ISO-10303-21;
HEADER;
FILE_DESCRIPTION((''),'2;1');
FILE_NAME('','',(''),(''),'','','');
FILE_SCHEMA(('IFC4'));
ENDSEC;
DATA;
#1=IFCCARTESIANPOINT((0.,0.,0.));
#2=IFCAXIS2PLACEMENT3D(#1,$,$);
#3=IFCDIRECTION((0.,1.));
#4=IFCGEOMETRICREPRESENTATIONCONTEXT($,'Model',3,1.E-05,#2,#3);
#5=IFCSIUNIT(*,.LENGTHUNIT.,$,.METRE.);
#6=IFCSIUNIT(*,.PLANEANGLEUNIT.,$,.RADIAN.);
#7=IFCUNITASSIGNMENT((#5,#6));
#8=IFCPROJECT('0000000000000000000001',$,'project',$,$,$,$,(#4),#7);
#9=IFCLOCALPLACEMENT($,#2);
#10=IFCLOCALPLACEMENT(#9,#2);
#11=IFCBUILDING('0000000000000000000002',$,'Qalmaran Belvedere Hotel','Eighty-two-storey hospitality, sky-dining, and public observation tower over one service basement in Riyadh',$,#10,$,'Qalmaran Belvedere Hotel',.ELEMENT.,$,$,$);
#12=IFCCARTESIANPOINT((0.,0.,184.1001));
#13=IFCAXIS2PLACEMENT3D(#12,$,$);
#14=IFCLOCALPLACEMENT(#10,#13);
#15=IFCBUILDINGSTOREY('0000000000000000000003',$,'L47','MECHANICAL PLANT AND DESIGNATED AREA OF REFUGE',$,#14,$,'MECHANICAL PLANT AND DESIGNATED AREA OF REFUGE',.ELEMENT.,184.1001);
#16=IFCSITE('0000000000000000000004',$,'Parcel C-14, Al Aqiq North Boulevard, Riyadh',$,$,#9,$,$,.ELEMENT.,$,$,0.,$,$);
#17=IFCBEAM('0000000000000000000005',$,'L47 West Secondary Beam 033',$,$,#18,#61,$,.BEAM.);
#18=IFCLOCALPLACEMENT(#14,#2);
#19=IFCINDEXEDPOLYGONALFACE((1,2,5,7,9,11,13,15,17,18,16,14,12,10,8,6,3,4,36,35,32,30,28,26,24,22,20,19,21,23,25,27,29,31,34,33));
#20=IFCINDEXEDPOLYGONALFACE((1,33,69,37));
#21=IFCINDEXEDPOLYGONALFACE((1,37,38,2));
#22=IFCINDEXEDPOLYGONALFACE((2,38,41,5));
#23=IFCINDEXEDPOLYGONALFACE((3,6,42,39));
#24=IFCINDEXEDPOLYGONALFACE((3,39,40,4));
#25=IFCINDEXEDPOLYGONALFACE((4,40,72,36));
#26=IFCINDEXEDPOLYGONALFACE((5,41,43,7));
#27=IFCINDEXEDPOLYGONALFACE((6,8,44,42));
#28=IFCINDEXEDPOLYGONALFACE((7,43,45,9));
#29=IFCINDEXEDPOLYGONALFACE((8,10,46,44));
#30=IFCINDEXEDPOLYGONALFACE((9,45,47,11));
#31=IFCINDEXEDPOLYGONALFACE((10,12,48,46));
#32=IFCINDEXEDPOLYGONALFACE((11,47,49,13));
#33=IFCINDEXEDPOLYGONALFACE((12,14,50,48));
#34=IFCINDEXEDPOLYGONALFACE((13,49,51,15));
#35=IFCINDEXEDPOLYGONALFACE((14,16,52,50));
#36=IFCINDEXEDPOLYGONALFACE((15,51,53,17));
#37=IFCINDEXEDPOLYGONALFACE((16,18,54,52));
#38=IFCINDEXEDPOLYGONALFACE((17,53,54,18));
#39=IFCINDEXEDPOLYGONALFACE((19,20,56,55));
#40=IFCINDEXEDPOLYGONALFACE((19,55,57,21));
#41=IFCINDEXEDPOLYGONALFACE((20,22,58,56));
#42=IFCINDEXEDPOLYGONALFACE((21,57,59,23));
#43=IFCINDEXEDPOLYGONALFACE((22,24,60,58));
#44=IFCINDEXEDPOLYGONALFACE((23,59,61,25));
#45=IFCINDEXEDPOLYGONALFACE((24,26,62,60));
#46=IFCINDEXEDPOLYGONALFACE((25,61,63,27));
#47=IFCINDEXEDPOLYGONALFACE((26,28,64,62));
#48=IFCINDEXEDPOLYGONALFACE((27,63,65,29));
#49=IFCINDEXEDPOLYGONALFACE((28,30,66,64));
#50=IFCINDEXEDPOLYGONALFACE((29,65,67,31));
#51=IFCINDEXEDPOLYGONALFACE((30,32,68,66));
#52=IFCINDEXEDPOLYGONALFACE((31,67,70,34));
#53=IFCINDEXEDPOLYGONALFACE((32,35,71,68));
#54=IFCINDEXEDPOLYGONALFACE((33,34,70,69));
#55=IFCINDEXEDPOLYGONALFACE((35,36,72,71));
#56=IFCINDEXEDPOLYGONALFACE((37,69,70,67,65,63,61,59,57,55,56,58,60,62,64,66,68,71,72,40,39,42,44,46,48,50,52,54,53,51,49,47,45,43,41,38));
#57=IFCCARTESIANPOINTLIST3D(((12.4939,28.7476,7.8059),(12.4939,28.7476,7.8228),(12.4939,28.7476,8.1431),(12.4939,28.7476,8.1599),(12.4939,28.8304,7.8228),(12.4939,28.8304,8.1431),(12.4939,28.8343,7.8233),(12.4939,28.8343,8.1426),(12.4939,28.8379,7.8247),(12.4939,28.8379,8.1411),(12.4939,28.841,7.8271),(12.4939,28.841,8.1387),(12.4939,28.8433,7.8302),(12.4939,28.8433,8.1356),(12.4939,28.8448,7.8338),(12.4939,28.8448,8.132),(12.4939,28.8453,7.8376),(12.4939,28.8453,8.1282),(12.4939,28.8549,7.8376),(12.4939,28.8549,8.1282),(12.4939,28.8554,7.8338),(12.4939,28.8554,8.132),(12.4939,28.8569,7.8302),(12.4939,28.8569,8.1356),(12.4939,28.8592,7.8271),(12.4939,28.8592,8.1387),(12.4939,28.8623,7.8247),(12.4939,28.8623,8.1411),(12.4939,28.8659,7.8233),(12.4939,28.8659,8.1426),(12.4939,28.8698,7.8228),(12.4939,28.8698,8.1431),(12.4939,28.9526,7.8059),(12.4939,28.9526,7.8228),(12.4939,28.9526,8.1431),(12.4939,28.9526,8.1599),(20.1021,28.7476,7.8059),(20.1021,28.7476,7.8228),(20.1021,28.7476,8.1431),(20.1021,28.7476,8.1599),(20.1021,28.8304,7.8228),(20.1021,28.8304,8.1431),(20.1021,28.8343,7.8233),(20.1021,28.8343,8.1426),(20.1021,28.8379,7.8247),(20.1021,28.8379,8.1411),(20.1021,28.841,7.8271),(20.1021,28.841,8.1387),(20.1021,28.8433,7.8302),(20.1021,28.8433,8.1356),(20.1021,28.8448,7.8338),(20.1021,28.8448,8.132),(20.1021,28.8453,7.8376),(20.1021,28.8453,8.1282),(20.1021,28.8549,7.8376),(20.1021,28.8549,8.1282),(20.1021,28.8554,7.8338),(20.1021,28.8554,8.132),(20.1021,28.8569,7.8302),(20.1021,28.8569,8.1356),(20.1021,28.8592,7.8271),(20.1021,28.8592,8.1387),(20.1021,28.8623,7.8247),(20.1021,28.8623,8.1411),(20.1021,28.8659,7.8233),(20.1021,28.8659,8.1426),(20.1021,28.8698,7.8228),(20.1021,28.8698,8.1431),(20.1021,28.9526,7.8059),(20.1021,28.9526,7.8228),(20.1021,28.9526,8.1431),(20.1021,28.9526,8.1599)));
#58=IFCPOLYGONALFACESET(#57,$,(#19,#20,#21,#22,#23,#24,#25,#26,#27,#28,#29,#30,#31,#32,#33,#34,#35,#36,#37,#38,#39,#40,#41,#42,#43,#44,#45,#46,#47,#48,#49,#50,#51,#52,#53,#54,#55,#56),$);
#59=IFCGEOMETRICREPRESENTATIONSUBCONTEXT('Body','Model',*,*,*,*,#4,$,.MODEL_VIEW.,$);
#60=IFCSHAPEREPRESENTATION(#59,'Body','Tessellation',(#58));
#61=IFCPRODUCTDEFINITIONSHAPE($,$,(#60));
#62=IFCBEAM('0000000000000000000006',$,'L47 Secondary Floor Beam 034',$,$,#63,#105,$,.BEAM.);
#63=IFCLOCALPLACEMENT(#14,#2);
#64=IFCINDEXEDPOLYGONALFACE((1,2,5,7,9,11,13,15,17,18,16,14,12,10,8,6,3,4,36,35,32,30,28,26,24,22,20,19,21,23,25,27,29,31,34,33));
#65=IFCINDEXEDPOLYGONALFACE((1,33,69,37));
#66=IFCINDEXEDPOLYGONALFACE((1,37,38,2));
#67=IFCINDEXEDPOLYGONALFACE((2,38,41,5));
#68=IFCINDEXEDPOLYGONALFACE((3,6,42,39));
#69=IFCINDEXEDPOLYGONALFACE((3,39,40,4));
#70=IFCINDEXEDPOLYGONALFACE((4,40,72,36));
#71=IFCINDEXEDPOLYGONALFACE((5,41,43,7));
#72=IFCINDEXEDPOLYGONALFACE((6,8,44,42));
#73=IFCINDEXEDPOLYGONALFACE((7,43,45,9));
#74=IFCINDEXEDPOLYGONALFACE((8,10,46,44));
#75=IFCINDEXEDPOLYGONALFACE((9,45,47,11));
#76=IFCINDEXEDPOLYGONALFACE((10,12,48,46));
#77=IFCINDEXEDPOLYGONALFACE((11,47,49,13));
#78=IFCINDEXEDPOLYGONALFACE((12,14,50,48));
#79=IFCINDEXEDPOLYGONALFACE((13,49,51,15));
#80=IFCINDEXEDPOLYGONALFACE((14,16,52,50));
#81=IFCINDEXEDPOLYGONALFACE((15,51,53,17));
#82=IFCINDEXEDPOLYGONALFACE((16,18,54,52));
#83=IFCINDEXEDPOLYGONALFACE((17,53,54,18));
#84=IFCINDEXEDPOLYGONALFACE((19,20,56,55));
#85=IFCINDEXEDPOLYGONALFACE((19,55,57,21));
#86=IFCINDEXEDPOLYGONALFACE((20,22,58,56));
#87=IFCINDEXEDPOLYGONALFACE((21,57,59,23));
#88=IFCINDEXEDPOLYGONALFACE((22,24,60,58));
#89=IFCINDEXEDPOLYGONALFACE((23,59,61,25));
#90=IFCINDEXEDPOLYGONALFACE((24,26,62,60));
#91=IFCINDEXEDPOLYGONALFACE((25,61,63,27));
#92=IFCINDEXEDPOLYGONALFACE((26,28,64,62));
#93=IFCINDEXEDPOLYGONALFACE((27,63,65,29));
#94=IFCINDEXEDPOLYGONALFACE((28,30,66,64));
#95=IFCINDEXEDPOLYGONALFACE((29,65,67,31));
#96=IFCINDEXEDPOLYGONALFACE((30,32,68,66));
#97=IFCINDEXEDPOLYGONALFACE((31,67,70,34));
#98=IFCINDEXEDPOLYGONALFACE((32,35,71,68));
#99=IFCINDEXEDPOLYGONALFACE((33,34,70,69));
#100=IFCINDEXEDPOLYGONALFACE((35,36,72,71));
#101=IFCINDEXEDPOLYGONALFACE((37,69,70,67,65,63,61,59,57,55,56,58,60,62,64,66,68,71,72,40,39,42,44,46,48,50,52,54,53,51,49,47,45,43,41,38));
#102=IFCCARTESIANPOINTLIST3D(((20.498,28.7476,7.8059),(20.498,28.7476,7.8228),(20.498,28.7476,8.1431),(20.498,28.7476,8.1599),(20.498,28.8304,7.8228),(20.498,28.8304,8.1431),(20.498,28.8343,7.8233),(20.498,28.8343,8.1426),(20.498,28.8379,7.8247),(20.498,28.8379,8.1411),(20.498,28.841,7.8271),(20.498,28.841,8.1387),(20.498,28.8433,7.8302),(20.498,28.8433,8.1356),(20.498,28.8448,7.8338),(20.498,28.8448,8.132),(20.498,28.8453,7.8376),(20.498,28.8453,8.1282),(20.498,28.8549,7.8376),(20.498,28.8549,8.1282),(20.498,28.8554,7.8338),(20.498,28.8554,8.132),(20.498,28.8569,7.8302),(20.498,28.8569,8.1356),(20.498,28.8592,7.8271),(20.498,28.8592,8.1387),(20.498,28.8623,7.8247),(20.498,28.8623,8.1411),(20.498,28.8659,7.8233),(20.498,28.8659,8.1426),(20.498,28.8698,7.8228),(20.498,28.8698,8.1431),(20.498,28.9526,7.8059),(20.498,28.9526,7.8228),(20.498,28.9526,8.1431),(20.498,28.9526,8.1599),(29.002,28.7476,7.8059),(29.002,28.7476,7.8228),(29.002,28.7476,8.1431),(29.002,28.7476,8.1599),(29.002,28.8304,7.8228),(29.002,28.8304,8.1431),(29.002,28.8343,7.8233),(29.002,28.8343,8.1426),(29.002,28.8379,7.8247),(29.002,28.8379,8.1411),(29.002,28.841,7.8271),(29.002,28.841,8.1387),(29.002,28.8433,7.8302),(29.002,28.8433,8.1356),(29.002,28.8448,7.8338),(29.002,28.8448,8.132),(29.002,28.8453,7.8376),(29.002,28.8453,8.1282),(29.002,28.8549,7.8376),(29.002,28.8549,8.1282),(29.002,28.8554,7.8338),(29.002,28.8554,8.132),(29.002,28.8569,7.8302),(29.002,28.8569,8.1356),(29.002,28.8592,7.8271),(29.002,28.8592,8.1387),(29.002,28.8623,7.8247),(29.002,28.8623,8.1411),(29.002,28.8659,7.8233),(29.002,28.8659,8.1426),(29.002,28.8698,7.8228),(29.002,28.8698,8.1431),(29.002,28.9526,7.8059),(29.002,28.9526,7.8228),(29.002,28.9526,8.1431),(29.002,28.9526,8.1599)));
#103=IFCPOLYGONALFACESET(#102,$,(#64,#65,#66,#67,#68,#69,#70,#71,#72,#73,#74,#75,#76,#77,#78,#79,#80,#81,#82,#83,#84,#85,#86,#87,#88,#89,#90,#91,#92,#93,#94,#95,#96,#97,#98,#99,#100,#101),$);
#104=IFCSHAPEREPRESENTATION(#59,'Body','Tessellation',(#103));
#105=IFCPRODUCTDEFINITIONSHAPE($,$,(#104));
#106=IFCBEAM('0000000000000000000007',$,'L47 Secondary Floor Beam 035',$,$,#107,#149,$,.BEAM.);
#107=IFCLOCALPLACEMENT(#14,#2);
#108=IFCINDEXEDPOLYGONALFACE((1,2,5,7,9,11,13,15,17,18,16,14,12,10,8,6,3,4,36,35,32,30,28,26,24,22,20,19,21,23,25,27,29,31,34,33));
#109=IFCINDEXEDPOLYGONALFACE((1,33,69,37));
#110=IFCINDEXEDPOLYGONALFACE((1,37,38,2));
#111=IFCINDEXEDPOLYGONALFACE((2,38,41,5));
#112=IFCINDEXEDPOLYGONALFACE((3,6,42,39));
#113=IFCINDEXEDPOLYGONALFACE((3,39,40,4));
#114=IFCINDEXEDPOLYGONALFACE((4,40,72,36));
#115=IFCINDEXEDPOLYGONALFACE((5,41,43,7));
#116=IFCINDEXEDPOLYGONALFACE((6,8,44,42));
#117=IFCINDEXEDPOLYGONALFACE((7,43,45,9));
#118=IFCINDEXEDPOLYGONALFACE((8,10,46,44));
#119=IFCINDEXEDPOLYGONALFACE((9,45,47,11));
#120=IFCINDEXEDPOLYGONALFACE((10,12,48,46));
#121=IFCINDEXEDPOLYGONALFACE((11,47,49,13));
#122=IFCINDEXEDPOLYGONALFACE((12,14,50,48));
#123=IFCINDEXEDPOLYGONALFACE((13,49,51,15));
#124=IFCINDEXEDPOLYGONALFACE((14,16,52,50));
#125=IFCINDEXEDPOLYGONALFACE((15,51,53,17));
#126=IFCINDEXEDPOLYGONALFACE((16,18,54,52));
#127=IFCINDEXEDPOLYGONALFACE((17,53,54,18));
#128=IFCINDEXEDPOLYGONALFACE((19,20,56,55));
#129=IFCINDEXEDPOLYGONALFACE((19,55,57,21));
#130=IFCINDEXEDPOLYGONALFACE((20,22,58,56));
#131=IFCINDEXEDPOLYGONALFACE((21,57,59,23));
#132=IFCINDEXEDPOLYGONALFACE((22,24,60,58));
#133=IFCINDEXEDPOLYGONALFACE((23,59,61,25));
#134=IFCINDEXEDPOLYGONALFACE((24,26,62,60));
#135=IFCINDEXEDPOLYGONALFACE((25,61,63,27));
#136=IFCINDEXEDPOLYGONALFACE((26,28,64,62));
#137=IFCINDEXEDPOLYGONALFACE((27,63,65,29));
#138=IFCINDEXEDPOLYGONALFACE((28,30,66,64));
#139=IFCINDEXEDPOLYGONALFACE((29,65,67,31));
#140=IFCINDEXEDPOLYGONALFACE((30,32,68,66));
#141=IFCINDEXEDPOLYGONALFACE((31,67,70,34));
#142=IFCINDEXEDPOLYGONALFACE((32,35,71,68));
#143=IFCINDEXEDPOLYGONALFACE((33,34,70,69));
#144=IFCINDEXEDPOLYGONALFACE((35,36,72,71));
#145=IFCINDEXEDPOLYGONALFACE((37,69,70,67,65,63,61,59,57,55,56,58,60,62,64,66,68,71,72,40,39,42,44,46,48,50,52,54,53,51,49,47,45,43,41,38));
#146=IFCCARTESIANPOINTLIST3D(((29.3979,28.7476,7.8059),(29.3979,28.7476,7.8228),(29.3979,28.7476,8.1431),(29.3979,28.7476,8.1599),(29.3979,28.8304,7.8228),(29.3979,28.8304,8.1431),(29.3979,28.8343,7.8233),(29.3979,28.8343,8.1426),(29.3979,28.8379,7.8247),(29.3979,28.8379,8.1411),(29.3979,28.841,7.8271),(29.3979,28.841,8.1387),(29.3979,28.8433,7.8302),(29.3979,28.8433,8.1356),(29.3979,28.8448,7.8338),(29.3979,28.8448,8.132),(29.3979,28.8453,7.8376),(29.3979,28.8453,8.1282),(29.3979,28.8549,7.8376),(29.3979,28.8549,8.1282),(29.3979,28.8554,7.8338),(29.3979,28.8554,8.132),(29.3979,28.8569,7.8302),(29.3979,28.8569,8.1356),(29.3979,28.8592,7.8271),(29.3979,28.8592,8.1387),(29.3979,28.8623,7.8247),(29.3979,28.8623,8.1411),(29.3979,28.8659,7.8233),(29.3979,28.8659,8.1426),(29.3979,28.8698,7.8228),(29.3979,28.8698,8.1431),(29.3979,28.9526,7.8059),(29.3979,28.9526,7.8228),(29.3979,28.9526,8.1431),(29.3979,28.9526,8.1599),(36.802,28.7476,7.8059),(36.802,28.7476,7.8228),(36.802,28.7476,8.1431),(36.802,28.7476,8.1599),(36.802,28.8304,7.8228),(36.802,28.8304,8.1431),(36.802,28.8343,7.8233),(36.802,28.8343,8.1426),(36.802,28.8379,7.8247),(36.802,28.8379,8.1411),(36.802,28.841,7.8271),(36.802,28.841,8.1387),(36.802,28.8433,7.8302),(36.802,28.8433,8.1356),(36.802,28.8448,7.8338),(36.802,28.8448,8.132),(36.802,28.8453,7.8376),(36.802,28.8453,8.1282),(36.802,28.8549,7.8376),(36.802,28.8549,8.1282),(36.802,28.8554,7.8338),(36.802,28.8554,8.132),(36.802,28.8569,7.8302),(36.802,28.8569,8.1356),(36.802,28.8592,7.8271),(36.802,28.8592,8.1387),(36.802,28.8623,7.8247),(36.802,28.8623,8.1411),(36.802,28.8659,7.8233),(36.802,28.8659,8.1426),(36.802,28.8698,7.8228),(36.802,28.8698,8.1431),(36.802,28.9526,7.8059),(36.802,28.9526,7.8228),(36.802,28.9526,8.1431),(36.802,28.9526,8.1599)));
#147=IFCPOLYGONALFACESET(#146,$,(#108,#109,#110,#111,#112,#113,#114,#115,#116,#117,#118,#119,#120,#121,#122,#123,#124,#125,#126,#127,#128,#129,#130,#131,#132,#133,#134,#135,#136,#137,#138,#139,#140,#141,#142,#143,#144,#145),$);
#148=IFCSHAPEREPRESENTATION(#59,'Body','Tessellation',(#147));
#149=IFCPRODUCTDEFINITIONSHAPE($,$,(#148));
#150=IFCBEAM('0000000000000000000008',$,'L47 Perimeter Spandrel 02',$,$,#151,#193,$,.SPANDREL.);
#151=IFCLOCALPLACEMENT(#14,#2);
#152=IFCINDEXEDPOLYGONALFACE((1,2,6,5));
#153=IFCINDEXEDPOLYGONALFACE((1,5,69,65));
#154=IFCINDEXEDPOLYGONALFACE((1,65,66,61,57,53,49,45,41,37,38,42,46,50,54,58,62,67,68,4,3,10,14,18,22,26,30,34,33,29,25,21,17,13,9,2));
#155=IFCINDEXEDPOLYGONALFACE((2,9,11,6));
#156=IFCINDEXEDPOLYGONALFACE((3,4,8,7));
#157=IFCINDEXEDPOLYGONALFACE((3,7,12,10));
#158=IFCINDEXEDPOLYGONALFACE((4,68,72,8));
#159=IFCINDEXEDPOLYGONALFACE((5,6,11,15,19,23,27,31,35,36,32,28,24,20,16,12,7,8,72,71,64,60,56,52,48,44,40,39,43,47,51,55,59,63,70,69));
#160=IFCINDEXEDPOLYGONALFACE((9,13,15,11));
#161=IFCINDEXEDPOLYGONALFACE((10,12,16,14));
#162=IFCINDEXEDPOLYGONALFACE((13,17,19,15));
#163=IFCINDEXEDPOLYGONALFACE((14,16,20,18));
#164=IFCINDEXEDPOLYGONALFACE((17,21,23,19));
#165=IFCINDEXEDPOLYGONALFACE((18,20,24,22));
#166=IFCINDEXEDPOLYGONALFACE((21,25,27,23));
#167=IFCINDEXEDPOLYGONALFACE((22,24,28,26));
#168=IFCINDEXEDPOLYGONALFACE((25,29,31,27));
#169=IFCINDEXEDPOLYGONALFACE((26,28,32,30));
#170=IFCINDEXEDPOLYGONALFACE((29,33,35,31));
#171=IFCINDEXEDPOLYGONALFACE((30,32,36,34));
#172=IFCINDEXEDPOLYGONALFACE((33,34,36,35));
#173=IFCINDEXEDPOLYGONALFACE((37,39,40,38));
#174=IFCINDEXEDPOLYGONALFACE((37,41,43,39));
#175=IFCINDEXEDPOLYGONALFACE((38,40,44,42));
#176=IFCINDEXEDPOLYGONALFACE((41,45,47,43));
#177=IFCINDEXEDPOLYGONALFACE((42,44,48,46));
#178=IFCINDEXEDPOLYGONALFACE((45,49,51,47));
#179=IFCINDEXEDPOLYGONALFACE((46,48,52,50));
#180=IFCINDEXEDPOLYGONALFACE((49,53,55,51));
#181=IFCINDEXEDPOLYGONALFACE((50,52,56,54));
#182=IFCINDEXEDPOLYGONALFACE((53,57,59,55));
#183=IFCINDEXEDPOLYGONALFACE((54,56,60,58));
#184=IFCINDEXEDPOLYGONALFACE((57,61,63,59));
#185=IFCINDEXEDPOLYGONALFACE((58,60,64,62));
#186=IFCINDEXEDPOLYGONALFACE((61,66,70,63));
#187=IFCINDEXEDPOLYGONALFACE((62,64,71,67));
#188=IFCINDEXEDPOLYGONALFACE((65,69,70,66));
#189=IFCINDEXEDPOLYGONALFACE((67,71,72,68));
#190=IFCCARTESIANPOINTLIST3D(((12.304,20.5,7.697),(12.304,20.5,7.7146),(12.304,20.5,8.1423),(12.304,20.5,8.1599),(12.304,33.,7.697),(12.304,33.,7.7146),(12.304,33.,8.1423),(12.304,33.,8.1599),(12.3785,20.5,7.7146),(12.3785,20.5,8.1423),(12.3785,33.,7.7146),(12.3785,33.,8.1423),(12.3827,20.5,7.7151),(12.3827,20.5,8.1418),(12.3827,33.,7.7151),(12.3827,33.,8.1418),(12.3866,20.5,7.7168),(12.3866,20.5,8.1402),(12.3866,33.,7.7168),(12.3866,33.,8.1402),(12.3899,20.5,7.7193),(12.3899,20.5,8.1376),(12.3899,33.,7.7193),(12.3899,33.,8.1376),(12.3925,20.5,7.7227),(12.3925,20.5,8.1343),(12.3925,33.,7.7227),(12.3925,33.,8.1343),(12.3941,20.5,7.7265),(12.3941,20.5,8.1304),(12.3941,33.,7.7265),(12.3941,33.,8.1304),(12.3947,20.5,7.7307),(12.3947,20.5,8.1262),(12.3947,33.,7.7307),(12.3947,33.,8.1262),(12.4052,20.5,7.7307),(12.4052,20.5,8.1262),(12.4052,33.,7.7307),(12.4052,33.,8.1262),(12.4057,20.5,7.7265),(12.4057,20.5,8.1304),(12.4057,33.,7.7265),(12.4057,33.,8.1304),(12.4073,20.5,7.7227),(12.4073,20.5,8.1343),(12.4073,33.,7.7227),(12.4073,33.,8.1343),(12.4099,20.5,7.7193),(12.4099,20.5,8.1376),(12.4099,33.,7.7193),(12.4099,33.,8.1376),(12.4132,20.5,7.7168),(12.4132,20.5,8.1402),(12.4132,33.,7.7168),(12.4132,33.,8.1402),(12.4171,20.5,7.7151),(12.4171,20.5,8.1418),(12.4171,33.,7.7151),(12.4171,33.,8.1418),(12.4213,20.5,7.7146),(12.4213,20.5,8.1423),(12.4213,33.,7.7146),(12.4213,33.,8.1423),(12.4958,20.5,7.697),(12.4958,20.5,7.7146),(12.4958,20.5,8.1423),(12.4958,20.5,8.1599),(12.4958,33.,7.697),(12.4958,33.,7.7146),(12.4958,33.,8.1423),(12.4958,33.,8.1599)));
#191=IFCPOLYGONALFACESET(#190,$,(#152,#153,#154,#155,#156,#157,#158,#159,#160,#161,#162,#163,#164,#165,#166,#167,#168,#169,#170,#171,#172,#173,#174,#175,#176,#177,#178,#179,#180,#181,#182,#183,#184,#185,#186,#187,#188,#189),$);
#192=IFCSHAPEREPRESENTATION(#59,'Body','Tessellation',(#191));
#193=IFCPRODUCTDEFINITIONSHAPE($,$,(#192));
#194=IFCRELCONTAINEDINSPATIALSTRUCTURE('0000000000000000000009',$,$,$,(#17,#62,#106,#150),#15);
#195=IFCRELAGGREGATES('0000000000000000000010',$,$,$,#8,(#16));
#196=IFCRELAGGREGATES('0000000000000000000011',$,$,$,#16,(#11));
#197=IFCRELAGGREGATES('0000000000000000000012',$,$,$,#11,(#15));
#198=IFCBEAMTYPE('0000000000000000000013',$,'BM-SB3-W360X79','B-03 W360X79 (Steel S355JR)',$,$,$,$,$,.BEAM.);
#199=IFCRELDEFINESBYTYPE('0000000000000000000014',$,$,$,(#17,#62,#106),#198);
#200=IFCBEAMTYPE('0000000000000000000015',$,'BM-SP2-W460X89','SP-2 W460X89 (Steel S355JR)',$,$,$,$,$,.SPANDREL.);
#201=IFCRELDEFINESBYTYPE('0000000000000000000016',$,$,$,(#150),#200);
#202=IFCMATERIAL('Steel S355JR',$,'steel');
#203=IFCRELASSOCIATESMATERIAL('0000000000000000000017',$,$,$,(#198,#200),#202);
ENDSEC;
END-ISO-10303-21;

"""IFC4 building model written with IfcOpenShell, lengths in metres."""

from ifc_helpers import new_model, si_unit, direction, frame, origin, origin_2d, place, context, subcontext, project, spatial, i_section, extrude, material, material_profile, profile_set, type_object, element, save


model = new_model("IFC4")

# Units and contexts
model_context = context("Model", 3, precision=1e-05, world=origin(), true_north=direction((0.0, 1.0)))
body_context = subcontext(model_context, "Body", "Model", "MODEL_VIEW")
ifc_project = project(units=[si_unit("LENGTHUNIT", "METRE"), si_unit("PLANEANGLEUNIT", "RADIAN")], contexts=[model_context])

# Site, building, storey
site_placement = place(None, origin())
site = spatial("IfcSite", under=ifc_project, at=site_placement, Name="Parcel C-14, Al Aqiq North Boulevard, Riyadh", CompositionType="ELEMENT", RefElevation=0.0)
building_placement = place(site_placement, origin())
building = spatial("IfcBuilding", under=site, at=building_placement, Name="Qalmaran Belvedere Hotel", Description="Eighty-two-storey hospitality, sky-dining, and public observation tower over one service basement in Riyadh", LongName="Qalmaran Belvedere Hotel", CompositionType="ELEMENT")
storey_placement = place(building_placement, frame((0.0, 0.0, 184.1001)))
storey = spatial("IfcBuildingStorey", under=building, at=storey_placement, Name="L47", Description="MECHANICAL PLANT AND DESIGNATED AREA OF REFUGE", LongName="MECHANICAL PLANT AND DESIGNATED AREA OF REFUGE", CompositionType="ELEMENT", Elevation=184.1001)

# Beams
ifc_material_1 = material(Name="Steel S355JR", Category="steel")
ifc_material_profile_1 = material_profile(ifc_material_1, i_section(OverallWidth=0.2051, OverallDepth=0.354, WebThickness=0.0095, FlangeThickness=0.0168, FilletRadius=0.0149, at=origin_2d()), Name="W360X79")
ifc_profile_set_1 = profile_set([ifc_material_profile_1], Name="Steel S355JR")
beam_type_1 = type_object("IfcBeamType", Name="BM-SB3-W360X79", Description="B-03 W360X79 (Steel S355JR)", PredefinedType="BEAM", material=ifc_profile_set_1)
beam_1_placement = place(storey_placement, frame((12.4939, 28.8501, 7.9829), z_axis=(1.0, 0.0, 0.0), x_axis=(0.0, 1.0, 0.0)))
element("IfcBeam", 1, at=beam_1_placement, inside=storey, type_object=beam_type_1, Name="L47 West Secondary Beam 033", PredefinedType="BEAM", context=body_context, shape_type="SweptSolid", body=[
    extrude(i_section(OverallWidth=0.2051, OverallDepth=0.354, WebThickness=0.0095, FlangeThickness=0.0168, FilletRadius=0.0149, at=origin_2d()), origin(), (0.0, 0.0, 1.0), 7.6082),
])
beam_2_placement = place(storey_placement, frame((20.498, 28.8501, 7.9829), z_axis=(1.0, 0.0, 0.0), x_axis=(0.0, 1.0, 0.0)))
element("IfcBeam", 2, at=beam_2_placement, inside=storey, type_object=beam_type_1, Name="L47 Secondary Floor Beam 034", PredefinedType="BEAM", context=body_context, shape_type="SweptSolid", body=[
    extrude(i_section(OverallWidth=0.2051, OverallDepth=0.354, WebThickness=0.0095, FlangeThickness=0.0168, FilletRadius=0.0149, at=origin_2d()), origin(), (0.0, 0.0, 1.0), 8.5039),
])
beam_3_placement = place(storey_placement, frame((29.3979, 28.8501, 7.9829), z_axis=(1.0, 0.0, 0.0), x_axis=(0.0, 1.0, 0.0)))
element("IfcBeam", 3, at=beam_3_placement, inside=storey, type_object=beam_type_1, Name="L47 Secondary Floor Beam 035", PredefinedType="BEAM", context=body_context, shape_type="SweptSolid", body=[
    extrude(i_section(OverallWidth=0.2051, OverallDepth=0.354, WebThickness=0.0095, FlangeThickness=0.0168, FilletRadius=0.0149, at=origin_2d()), origin(), (0.0, 0.0, 1.0), 7.4041),
])
ifc_material_profile_2 = material_profile(ifc_material_1, i_section(OverallWidth=0.1919, OverallDepth=0.4629, WebThickness=0.0105, FlangeThickness=0.0176, FilletRadius=0.0161, at=origin_2d()), Name="W460X89")
ifc_profile_set_2 = profile_set([ifc_material_profile_2], Name="Steel S355JR")
beam_type_2 = type_object("IfcBeamType", Name="BM-SP2-W460X89", Description="SP-2 W460X89 (Steel S355JR)", PredefinedType="SPANDREL", material=ifc_profile_set_2)
beam_4_placement = place(storey_placement, frame((12.3999, 20.5, 7.9285), z_axis=(0.0, 1.0, 0.0), x_axis=(-1.0, 0.0, 0.0)))
element("IfcBeam", 4, at=beam_4_placement, inside=storey, type_object=beam_type_2, Name="L47 Perimeter Spandrel 02", PredefinedType="SPANDREL", context=body_context, shape_type="SweptSolid", body=[
    extrude(i_section(OverallWidth=0.1919, OverallDepth=0.4629, WebThickness=0.0105, FlangeThickness=0.0176, FilletRadius=0.0161, at=origin_2d()), origin(), (0.0, 0.0, 1.0), 12.5),
])

save(model, "model.ifc")
